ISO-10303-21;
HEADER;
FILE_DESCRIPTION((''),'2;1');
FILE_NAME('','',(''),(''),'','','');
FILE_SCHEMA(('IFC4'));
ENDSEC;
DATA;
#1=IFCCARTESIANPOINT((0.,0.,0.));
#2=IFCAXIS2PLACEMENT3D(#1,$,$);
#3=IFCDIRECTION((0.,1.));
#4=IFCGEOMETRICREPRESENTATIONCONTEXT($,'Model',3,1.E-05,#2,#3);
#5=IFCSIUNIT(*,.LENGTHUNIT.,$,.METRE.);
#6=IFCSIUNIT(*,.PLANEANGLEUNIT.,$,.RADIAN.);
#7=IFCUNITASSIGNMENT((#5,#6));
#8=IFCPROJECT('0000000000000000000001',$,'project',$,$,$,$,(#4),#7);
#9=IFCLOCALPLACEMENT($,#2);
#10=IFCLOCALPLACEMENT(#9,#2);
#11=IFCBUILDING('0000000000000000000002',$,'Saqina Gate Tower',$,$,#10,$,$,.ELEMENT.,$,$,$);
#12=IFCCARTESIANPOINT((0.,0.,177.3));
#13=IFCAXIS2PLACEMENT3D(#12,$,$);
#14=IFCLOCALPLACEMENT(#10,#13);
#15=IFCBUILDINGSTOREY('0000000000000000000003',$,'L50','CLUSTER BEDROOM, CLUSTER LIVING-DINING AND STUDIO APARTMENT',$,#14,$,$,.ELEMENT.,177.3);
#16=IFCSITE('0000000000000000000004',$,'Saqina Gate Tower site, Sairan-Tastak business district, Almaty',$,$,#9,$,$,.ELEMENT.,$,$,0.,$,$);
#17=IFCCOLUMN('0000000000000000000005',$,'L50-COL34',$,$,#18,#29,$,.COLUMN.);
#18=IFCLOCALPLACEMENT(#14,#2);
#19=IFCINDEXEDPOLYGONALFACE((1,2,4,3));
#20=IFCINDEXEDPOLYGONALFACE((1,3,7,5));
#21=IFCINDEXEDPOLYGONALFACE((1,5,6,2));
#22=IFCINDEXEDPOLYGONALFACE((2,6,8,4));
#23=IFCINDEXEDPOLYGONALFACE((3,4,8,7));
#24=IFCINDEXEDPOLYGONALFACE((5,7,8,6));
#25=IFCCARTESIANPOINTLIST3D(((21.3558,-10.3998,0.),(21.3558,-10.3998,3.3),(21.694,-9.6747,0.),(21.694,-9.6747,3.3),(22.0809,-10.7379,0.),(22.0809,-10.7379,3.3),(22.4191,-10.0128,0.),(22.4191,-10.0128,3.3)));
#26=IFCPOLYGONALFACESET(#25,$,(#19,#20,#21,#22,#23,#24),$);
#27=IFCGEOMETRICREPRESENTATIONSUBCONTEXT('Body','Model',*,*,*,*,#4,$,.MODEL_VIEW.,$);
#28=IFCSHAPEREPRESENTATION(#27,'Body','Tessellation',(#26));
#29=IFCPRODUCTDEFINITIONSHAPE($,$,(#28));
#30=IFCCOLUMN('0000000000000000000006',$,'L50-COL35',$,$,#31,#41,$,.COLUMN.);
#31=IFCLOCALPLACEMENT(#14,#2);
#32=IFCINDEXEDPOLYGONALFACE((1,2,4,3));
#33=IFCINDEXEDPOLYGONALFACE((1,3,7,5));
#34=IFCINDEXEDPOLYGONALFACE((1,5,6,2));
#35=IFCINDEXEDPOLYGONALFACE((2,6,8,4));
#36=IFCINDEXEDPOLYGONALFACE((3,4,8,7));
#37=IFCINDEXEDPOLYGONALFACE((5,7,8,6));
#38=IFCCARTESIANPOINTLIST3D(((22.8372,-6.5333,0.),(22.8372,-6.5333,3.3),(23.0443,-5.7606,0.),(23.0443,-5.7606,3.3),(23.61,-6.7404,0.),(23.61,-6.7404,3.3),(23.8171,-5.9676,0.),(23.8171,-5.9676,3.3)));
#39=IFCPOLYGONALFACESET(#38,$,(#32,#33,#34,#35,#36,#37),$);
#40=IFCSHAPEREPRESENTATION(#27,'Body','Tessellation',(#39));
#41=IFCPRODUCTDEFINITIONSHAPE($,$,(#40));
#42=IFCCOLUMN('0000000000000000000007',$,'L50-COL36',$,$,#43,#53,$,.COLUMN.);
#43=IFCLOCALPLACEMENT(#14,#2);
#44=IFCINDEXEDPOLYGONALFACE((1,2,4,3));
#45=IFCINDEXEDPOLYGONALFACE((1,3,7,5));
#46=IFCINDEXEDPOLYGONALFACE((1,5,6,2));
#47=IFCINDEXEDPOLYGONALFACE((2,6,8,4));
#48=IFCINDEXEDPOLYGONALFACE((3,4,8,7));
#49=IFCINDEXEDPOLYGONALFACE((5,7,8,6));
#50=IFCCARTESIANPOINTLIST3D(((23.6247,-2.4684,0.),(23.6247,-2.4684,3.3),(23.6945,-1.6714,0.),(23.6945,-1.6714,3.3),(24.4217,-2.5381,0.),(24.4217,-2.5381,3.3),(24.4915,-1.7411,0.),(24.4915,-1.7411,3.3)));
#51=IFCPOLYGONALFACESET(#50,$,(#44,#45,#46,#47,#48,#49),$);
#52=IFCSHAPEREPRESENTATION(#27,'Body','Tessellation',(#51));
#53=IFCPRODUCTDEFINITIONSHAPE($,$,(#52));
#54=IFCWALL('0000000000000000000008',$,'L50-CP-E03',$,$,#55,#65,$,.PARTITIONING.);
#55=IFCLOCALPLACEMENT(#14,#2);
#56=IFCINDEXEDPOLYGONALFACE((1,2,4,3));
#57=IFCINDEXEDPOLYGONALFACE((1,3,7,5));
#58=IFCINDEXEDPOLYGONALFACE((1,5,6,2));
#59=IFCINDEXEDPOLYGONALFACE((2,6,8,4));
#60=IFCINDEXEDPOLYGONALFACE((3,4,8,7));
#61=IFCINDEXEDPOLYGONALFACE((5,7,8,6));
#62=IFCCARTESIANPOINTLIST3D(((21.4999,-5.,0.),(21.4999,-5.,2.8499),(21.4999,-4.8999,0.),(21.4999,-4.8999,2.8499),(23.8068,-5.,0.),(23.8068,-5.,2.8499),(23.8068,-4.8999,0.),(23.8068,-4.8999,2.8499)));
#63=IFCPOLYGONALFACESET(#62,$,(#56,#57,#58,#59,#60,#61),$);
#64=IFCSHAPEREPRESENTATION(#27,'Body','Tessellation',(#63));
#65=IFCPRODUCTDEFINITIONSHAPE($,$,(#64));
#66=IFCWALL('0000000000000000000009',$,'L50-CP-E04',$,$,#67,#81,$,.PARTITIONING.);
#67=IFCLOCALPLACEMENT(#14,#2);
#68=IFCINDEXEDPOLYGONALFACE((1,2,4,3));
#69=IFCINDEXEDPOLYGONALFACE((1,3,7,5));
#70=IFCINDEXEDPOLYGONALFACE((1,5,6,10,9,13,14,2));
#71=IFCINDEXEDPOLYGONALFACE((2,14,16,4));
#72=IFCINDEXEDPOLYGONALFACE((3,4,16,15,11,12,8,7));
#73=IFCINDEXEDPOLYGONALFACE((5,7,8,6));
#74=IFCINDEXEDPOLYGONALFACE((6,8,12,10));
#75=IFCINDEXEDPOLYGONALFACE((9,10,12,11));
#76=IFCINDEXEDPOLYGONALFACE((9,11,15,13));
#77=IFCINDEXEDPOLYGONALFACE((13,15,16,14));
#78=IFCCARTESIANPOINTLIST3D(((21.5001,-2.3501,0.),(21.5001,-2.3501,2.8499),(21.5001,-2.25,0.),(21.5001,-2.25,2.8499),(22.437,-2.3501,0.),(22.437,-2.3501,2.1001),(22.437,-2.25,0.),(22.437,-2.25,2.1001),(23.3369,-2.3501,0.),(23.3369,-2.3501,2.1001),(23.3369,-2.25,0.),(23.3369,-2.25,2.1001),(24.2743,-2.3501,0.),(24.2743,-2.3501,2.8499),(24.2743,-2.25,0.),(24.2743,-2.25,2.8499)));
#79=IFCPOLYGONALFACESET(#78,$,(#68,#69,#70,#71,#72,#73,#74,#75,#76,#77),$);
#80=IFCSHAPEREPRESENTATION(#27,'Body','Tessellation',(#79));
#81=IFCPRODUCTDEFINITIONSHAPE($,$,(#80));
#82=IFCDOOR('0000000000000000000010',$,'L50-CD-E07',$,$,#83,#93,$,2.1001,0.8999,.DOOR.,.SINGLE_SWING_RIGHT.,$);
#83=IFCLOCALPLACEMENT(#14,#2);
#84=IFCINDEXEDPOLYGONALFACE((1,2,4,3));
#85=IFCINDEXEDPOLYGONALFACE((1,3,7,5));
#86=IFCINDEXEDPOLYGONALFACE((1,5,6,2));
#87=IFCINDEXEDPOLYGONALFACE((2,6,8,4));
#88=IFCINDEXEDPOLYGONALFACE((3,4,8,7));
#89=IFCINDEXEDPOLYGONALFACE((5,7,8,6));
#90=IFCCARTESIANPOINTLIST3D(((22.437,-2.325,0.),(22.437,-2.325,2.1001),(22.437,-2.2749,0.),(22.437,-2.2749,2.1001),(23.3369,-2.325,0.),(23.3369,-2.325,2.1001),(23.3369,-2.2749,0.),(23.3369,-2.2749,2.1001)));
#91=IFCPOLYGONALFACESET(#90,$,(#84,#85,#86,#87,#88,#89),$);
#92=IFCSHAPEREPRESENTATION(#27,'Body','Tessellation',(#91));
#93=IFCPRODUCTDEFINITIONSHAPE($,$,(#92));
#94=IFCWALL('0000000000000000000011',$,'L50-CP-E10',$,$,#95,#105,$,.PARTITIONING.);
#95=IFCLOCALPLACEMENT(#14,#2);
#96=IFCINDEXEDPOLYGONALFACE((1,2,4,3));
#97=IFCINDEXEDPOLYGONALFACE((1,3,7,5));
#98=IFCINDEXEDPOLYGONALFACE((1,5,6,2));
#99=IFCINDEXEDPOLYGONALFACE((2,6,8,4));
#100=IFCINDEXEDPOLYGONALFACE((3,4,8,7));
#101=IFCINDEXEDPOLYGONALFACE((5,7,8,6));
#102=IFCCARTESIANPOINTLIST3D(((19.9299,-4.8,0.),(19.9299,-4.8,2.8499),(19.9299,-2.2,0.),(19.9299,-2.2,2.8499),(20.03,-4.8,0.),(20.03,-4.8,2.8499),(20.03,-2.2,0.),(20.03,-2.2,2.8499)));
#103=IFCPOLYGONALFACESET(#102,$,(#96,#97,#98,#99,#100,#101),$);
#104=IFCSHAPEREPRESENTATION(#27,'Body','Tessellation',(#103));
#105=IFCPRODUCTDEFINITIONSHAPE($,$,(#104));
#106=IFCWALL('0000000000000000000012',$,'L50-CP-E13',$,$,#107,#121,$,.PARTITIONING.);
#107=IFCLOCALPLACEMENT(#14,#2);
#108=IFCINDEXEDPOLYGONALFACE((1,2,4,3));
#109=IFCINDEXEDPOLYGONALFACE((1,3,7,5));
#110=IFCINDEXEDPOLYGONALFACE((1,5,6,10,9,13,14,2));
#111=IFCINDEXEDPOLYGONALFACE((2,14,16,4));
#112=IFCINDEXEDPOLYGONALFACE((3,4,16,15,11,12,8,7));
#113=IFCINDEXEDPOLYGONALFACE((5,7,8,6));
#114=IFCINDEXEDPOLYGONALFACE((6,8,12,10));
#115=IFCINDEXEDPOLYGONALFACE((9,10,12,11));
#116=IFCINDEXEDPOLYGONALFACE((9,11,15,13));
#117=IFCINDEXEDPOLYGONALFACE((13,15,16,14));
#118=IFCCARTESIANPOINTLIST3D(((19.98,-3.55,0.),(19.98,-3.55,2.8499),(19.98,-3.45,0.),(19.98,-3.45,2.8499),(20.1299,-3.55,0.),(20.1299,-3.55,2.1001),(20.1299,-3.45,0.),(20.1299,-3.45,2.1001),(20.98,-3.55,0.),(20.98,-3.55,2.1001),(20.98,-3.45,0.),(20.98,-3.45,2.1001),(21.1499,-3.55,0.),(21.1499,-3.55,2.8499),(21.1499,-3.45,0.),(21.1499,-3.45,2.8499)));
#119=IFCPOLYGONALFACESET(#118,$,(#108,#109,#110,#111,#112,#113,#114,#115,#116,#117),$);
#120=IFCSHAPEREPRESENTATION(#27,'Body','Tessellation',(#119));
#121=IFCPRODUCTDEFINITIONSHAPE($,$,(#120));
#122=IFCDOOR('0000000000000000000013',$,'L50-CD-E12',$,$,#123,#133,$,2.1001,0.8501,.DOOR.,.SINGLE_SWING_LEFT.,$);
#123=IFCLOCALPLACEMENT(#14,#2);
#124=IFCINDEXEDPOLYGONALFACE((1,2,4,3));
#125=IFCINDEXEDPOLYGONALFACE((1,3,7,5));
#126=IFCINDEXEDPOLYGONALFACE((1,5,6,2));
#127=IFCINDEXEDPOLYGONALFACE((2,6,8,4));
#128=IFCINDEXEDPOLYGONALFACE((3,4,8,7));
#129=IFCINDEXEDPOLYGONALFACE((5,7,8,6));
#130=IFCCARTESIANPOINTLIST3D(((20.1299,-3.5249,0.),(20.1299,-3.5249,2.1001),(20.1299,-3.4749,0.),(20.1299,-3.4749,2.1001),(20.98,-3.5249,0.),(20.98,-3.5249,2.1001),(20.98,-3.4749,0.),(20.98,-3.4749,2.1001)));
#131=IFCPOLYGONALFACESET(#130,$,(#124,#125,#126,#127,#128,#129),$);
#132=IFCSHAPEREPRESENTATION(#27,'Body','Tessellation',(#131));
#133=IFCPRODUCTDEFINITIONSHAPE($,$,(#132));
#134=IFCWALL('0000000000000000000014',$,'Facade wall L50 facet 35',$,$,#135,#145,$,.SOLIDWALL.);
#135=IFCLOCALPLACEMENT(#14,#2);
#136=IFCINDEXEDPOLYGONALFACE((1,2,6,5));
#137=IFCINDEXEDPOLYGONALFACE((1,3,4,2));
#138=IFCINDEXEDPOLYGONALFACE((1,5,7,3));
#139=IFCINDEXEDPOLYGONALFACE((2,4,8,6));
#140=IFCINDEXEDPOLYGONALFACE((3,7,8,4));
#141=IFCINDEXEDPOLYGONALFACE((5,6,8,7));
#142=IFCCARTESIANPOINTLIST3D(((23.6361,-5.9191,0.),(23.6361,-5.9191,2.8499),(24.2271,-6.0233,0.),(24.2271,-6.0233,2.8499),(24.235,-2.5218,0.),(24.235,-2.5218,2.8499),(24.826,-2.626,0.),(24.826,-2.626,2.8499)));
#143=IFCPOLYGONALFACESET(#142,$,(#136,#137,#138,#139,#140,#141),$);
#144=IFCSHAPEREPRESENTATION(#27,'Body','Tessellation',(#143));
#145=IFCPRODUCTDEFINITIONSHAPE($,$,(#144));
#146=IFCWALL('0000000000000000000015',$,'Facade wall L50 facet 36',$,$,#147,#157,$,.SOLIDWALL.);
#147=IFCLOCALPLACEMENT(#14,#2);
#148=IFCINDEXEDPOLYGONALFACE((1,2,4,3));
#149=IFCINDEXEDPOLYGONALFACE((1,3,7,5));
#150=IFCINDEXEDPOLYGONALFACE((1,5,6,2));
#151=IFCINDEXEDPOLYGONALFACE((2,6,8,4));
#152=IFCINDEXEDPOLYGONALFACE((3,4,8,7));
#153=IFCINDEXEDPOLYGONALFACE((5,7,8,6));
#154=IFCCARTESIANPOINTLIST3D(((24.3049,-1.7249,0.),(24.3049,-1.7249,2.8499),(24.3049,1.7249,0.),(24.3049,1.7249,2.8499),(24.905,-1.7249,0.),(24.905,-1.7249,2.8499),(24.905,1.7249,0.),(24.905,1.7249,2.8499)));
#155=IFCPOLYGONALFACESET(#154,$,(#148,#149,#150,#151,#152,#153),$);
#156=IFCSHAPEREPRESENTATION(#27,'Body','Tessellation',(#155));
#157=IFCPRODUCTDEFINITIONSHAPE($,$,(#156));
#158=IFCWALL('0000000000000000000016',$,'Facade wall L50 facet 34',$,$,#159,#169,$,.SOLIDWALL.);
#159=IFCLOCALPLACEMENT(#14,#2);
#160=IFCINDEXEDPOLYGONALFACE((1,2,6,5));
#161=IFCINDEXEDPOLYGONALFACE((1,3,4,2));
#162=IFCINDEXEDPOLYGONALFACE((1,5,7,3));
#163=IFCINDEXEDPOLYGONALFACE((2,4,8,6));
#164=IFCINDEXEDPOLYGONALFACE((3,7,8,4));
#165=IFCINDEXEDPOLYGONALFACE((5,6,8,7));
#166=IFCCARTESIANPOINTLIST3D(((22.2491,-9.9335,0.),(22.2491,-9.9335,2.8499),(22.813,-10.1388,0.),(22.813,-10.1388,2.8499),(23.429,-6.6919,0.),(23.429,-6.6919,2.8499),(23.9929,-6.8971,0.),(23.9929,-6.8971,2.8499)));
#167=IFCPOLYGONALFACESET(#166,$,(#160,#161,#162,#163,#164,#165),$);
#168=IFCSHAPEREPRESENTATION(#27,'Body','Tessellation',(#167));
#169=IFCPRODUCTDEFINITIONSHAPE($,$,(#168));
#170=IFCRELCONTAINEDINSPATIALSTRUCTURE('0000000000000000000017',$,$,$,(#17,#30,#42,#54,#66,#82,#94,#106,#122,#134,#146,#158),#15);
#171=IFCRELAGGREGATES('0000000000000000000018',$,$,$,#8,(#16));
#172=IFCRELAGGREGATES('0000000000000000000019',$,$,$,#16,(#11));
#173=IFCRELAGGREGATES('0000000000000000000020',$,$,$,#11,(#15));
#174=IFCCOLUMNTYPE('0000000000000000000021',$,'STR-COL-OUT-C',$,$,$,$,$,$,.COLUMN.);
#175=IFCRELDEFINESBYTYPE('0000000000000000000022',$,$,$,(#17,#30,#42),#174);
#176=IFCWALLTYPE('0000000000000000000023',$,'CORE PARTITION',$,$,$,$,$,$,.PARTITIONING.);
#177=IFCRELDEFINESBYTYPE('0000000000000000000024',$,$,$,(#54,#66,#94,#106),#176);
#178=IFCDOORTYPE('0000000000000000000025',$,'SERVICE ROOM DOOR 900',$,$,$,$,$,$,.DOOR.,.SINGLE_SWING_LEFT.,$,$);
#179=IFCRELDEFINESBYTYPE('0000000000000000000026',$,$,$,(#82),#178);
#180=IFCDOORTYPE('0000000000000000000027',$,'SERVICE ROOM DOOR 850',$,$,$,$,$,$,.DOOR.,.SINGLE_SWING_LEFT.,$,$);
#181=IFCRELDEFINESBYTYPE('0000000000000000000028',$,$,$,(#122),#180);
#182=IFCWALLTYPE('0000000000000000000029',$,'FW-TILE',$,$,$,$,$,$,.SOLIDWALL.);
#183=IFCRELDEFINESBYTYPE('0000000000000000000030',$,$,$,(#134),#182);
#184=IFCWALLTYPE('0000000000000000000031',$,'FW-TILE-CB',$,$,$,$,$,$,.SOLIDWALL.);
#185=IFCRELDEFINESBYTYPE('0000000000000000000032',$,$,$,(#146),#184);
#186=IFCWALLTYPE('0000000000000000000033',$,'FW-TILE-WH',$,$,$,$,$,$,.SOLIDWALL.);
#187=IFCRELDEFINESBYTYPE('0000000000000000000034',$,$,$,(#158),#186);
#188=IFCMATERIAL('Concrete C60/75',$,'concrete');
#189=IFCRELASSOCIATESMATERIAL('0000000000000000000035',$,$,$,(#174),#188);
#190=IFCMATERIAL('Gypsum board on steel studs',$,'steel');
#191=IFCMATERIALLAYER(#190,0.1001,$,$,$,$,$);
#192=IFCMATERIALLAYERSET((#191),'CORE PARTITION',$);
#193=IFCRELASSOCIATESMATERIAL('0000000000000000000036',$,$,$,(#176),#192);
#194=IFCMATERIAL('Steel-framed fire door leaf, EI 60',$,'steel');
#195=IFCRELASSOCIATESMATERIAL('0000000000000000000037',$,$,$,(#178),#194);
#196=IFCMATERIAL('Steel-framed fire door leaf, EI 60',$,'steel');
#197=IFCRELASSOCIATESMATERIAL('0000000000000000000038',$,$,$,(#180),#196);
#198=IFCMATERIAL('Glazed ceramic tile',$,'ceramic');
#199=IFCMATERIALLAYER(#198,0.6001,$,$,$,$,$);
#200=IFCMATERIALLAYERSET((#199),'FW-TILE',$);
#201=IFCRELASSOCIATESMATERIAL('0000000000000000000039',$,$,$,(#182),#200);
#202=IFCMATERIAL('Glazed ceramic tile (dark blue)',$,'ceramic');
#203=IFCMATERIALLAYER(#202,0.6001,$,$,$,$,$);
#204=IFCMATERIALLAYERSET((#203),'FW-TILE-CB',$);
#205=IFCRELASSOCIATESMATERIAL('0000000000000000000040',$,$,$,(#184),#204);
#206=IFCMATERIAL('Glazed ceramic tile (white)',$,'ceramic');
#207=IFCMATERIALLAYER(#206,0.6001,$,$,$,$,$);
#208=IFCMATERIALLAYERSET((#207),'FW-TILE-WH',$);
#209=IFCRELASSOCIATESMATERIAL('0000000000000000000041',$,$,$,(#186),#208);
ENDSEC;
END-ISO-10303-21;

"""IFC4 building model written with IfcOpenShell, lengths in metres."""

from ifc_helpers import new_model, si_unit, direction, frame, frame_2d, origin, origin_2d, place, context, subcontext, project, spatial, rectangle, extrude, material, layer, layer_set, material_profile, profile_set, type_object, element, fill, save


model = new_model("IFC4")

# Units and contexts
model_context = context("Model", 3, precision=1e-05, world=origin(), true_north=direction((0.0, 1.0)))
body_context = subcontext(model_context, "Body", "Model", "MODEL_VIEW")
ifc_project = project(units=[si_unit("LENGTHUNIT", "METRE"), si_unit("PLANEANGLEUNIT", "RADIAN")], contexts=[model_context])

# Site, building, storey
site_placement = place(None, origin())
site = spatial("IfcSite", under=ifc_project, at=site_placement, Name="Saqina Gate Tower site, Sairan-Tastak business district, Almaty", CompositionType="ELEMENT", RefElevation=0.0)
building_placement = place(site_placement, origin())
building = spatial("IfcBuilding", under=site, at=building_placement, Name="Saqina Gate Tower", CompositionType="ELEMENT")
storey_placement = place(building_placement, frame((0.0, 0.0, 177.3)))
storey = spatial("IfcBuildingStorey", under=building, at=storey_placement, Name="L50", Description="CLUSTER BEDROOM, CLUSTER LIVING-DINING AND STUDIO APARTMENT", CompositionType="ELEMENT", Elevation=177.3)

# Columns
ifc_material_1 = material(Name="Concrete C60/75", Category="concrete")
ifc_material_profile = material_profile(ifc_material_1, rectangle(XDim=0.8, YDim=0.8, at=origin_2d()), Name="RC 800x800")
ifc_profile_set = profile_set([ifc_material_profile], Name="Concrete C60/75")
column_type = type_object("IfcColumnType", Name="STR-COL-OUT-C", PredefinedType="COLUMN", material=ifc_profile_set)
for number, where, z_axis, x_axis, name in (
    (1, (21.8875, -10.2063, 0.0), (0.0, 0.0, 1.0), (0.906308, -0.422618, 0.0), "L50-COL34"),
    (2, (23.3271, -6.2505, 0.0), (0.0, 0.0, 1.0), (0.965926, -0.258819, 0.0), "L50-COL35"),
    (3, (24.0581, -2.1047, 0.0), (0.0, 0.0, 1.0), (0.996195, -0.087156, 0.0), "L50-COL36"),
):
    element("IfcColumn", number, at=place(storey_placement, frame(where, z_axis=z_axis, x_axis=x_axis)), inside=storey, type_object=column_type, Name=name, PredefinedType="COLUMN", context=body_context, shape_type="SweptSolid", body=[
        extrude(rectangle(XDim=0.8, YDim=0.8, at=origin_2d()), origin(), (0.0, 0.0, 1.0), 3.3),
    ])

# Wall
ifc_material_2 = material(Name="Gypsum board on steel studs", Category="steel")
ifc_layer_1 = layer(ifc_material_2, 0.1001)
ifc_layer_set_1 = layer_set([ifc_layer_1], Name="CORE PARTITION")
wall_type_1 = type_object("IfcWallType", Name="CORE PARTITION", PredefinedType="PARTITIONING", material=ifc_layer_set_1)
wall_1_placement = place(storey_placement, frame((21.5, -4.95, 0.0), z_axis=(0.0, 0.0, 1.0), x_axis=(1.0, 0.0, 0.0)))
element("IfcWall", 4, at=wall_1_placement, inside=storey, type_object=wall_type_1, Name="L50-CP-E03", PredefinedType="PARTITIONING", context=body_context, shape_type="SweptSolid", body=[
    extrude(rectangle(XDim=2.3069, YDim=0.1001, at=frame_2d((1.1533, 0.0))), origin(), (0.0, 0.0, 1.0), 2.8499),
])

# Wall, opening, door
wall_2_placement = place(storey_placement, frame((21.5, -2.3, 0.0), z_axis=(0.0, 0.0, 1.0), x_axis=(1.0, 0.0, 0.0)))
wall_2 = element("IfcWall", 5, at=wall_2_placement, inside=storey, type_object=wall_type_1, Name="L50-CP-E04", PredefinedType="PARTITIONING", context=body_context, shape_type="SweptSolid", body=[
    extrude(rectangle(XDim=2.7742, YDim=0.1001, at=frame_2d((1.3872, 0.0))), origin(), (0.0, 0.0, 1.0), 2.8499),
])
opening_1_placement = place(wall_2_placement, frame((0.937, 0.0, 0.0)))
opening_1 = element("IfcOpeningElement", 6, at=opening_1_placement, cuts=wall_2, PredefinedType="OPENING", context=body_context, shape_type="SweptSolid", body=[
    extrude(rectangle(XDim=0.8999, YDim=2.1001, at=frame_2d((0.45, 1.05))), frame((0.0, 0.062, 0.0), z_axis=(0.0, -1.0, 0.0), x_axis=(1.0, 0.0, 0.0)), (0.0, 0.0, 1.0), 0.124),
])
ifc_material_3 = material(Name="Steel-framed fire door leaf, EI 60", Category="steel")
door_type_1 = type_object("IfcDoorType", Name="SERVICE ROOM DOOR 900", OperationType="SINGLE_SWING_LEFT", PredefinedType="DOOR", material=ifc_material_3)
door_1_placement = place(opening_1_placement, frame((0.8999, 0.0, 0.0), z_axis=(0.0, 0.0, 1.0), x_axis=(-1.0, 0.0, 0.0)))
door_1 = element("IfcDoor", 7, at=door_1_placement, inside=storey, type_object=door_type_1, Name="L50-CD-E07", OperationType="SINGLE_SWING_RIGHT", OverallHeight=2.1001, OverallWidth=0.8999, PredefinedType="DOOR", context=body_context, shape_type="SweptSolid", body=[
    extrude(rectangle(XDim=0.8999, YDim=2.1001, at=frame_2d((0.45, 1.05))), frame((0.0, 0.0249, 0.0), z_axis=(0.0, -1.0, 0.0), x_axis=(1.0, 0.0, 0.0)), (0.0, 0.0, 1.0), 0.05),
])
fill(opening_1, door_1)

# Wall
wall_3_placement = place(storey_placement, frame((19.98, -4.8, 0.0), z_axis=(0.0, 0.0, 1.0), x_axis=(0.0, 1.0, 0.0)))
element("IfcWall", 8, at=wall_3_placement, inside=storey, type_object=wall_type_1, Name="L50-CP-E10", PredefinedType="PARTITIONING", context=body_context, shape_type="SweptSolid", body=[
    extrude(rectangle(XDim=2.6001, YDim=0.1001, at=frame_2d((1.3, 0.0))), origin(), (0.0, 0.0, 1.0), 2.8499),
])

# Wall, opening, door
wall_4_placement = place(storey_placement, frame((19.98, -3.5, 0.0), z_axis=(0.0, 0.0, 1.0), x_axis=(1.0, 0.0, 0.0)))
wall_4 = element("IfcWall", 9, at=wall_4_placement, inside=storey, type_object=wall_type_1, Name="L50-CP-E13", PredefinedType="PARTITIONING", context=body_context, shape_type="SweptSolid", body=[
    extrude(rectangle(XDim=1.1699, YDim=0.1001, at=frame_2d((0.585, 0.0))), origin(), (0.0, 0.0, 1.0), 2.8499),
])
opening_2_placement = place(wall_4_placement, frame((0.1499, 0.0, 0.0)))
opening_2 = element("IfcOpeningElement", 10, at=opening_2_placement, cuts=wall_4, PredefinedType="OPENING", context=body_context, shape_type="SweptSolid", body=[
    extrude(rectangle(XDim=0.8501, YDim=2.1001, at=frame_2d((0.425, 1.05))), frame((0.0, 0.062, 0.0), z_axis=(0.0, -1.0, 0.0), x_axis=(1.0, 0.0, 0.0)), (0.0, 0.0, 1.0), 0.124),
])
ifc_material_4 = material(Name="Steel-framed fire door leaf, EI 60", Category="steel")
door_type_2 = type_object("IfcDoorType", Name="SERVICE ROOM DOOR 850", OperationType="SINGLE_SWING_LEFT", PredefinedType="DOOR", material=ifc_material_4)
door_2_placement = place(opening_2_placement, frame((0.8501, 0.0, 0.0), z_axis=(0.0, 0.0, 1.0), x_axis=(-1.0, 0.0, 0.0)))
door_2 = element("IfcDoor", 11, at=door_2_placement, inside=storey, type_object=door_type_2, Name="L50-CD-E12", OperationType="SINGLE_SWING_LEFT", OverallHeight=2.1001, OverallWidth=0.8501, PredefinedType="DOOR", context=body_context, shape_type="SweptSolid", body=[
    extrude(rectangle(XDim=0.8501, YDim=2.1001, at=frame_2d((0.425, 1.05))), frame((0.0, 0.0249, 0.0), z_axis=(0.0, -1.0, 0.0), x_axis=(1.0, 0.0, 0.0)), (0.0, 0.0, 1.0), 0.05),
])
fill(opening_2, door_2)

# Walls
ifc_material_5 = material(Name="Glazed ceramic tile", Category="ceramic")
ifc_layer_2 = layer(ifc_material_5, 0.6001)
ifc_layer_set_2 = layer_set([ifc_layer_2], Name="FW-TILE")
wall_type_2 = type_object("IfcWallType", Name="FW-TILE", PredefinedType="SOLIDWALL", material=ifc_layer_set_2)
wall_5_placement = place(storey_placement, frame((23.9316, -5.9712, 0.0), z_axis=(0.0, 0.0, 1.0), x_axis=(0.173608, 0.984815, 0.0)))
element("IfcWall", 12, at=wall_5_placement, inside=storey, type_object=wall_type_2, Name="Facade wall L50 facet 35", PredefinedType="SOLIDWALL", context=body_context, shape_type="SweptSolid", body=[
    extrude(rectangle(XDim=3.4497, YDim=0.6001, at=frame_2d((1.7249, 0.0))), origin(), (0.0, 0.0, 1.0), 2.8499),
])
ifc_material_6 = material(Name="Glazed ceramic tile (dark blue)", Category="ceramic")
ifc_layer_3 = layer(ifc_material_6, 0.6001)
ifc_layer_set_3 = layer_set([ifc_layer_3], Name="FW-TILE-CB")
wall_type_3 = type_object("IfcWallType", Name="FW-TILE-CB", PredefinedType="SOLIDWALL", material=ifc_layer_set_3)
wall_6_placement = place(storey_placement, frame((24.605, -1.7249, 0.0), z_axis=(0.0, 0.0, 1.0), x_axis=(0.0, 1.0, 0.0)))
element("IfcWall", 13, at=wall_6_placement, inside=storey, type_object=wall_type_3, Name="Facade wall L50 facet 36", PredefinedType="SOLIDWALL", context=body_context, shape_type="SweptSolid", body=[
    extrude(rectangle(XDim=3.4497, YDim=0.6001, at=frame_2d((1.7249, 0.0))), origin(), (0.0, 0.0, 1.0), 2.8499),
])
ifc_material_7 = material(Name="Glazed ceramic tile (white)", Category="ceramic")
ifc_layer_4 = layer(ifc_material_7, 0.6001)
ifc_layer_set_4 = layer_set([ifc_layer_4], Name="FW-TILE-WH")
wall_type_4 = type_object("IfcWallType", Name="FW-TILE-WH", PredefinedType="SOLIDWALL", material=ifc_layer_set_4)
wall_7_placement = place(storey_placement, frame((22.531, -10.0361, 0.0), z_axis=(0.0, 0.0, 1.0), x_axis=(0.342033, 0.939688, 0.0)))
element("IfcWall", 14, at=wall_7_placement, inside=storey, type_object=wall_type_4, Name="Facade wall L50 facet 34", PredefinedType="SOLIDWALL", context=body_context, shape_type="SweptSolid", body=[
    extrude(rectangle(XDim=3.4497, YDim=0.6001, at=frame_2d((1.7249, 0.0))), origin(), (0.0, 0.0, 1.0), 2.8499),
])

save(model, "model.ifc")
